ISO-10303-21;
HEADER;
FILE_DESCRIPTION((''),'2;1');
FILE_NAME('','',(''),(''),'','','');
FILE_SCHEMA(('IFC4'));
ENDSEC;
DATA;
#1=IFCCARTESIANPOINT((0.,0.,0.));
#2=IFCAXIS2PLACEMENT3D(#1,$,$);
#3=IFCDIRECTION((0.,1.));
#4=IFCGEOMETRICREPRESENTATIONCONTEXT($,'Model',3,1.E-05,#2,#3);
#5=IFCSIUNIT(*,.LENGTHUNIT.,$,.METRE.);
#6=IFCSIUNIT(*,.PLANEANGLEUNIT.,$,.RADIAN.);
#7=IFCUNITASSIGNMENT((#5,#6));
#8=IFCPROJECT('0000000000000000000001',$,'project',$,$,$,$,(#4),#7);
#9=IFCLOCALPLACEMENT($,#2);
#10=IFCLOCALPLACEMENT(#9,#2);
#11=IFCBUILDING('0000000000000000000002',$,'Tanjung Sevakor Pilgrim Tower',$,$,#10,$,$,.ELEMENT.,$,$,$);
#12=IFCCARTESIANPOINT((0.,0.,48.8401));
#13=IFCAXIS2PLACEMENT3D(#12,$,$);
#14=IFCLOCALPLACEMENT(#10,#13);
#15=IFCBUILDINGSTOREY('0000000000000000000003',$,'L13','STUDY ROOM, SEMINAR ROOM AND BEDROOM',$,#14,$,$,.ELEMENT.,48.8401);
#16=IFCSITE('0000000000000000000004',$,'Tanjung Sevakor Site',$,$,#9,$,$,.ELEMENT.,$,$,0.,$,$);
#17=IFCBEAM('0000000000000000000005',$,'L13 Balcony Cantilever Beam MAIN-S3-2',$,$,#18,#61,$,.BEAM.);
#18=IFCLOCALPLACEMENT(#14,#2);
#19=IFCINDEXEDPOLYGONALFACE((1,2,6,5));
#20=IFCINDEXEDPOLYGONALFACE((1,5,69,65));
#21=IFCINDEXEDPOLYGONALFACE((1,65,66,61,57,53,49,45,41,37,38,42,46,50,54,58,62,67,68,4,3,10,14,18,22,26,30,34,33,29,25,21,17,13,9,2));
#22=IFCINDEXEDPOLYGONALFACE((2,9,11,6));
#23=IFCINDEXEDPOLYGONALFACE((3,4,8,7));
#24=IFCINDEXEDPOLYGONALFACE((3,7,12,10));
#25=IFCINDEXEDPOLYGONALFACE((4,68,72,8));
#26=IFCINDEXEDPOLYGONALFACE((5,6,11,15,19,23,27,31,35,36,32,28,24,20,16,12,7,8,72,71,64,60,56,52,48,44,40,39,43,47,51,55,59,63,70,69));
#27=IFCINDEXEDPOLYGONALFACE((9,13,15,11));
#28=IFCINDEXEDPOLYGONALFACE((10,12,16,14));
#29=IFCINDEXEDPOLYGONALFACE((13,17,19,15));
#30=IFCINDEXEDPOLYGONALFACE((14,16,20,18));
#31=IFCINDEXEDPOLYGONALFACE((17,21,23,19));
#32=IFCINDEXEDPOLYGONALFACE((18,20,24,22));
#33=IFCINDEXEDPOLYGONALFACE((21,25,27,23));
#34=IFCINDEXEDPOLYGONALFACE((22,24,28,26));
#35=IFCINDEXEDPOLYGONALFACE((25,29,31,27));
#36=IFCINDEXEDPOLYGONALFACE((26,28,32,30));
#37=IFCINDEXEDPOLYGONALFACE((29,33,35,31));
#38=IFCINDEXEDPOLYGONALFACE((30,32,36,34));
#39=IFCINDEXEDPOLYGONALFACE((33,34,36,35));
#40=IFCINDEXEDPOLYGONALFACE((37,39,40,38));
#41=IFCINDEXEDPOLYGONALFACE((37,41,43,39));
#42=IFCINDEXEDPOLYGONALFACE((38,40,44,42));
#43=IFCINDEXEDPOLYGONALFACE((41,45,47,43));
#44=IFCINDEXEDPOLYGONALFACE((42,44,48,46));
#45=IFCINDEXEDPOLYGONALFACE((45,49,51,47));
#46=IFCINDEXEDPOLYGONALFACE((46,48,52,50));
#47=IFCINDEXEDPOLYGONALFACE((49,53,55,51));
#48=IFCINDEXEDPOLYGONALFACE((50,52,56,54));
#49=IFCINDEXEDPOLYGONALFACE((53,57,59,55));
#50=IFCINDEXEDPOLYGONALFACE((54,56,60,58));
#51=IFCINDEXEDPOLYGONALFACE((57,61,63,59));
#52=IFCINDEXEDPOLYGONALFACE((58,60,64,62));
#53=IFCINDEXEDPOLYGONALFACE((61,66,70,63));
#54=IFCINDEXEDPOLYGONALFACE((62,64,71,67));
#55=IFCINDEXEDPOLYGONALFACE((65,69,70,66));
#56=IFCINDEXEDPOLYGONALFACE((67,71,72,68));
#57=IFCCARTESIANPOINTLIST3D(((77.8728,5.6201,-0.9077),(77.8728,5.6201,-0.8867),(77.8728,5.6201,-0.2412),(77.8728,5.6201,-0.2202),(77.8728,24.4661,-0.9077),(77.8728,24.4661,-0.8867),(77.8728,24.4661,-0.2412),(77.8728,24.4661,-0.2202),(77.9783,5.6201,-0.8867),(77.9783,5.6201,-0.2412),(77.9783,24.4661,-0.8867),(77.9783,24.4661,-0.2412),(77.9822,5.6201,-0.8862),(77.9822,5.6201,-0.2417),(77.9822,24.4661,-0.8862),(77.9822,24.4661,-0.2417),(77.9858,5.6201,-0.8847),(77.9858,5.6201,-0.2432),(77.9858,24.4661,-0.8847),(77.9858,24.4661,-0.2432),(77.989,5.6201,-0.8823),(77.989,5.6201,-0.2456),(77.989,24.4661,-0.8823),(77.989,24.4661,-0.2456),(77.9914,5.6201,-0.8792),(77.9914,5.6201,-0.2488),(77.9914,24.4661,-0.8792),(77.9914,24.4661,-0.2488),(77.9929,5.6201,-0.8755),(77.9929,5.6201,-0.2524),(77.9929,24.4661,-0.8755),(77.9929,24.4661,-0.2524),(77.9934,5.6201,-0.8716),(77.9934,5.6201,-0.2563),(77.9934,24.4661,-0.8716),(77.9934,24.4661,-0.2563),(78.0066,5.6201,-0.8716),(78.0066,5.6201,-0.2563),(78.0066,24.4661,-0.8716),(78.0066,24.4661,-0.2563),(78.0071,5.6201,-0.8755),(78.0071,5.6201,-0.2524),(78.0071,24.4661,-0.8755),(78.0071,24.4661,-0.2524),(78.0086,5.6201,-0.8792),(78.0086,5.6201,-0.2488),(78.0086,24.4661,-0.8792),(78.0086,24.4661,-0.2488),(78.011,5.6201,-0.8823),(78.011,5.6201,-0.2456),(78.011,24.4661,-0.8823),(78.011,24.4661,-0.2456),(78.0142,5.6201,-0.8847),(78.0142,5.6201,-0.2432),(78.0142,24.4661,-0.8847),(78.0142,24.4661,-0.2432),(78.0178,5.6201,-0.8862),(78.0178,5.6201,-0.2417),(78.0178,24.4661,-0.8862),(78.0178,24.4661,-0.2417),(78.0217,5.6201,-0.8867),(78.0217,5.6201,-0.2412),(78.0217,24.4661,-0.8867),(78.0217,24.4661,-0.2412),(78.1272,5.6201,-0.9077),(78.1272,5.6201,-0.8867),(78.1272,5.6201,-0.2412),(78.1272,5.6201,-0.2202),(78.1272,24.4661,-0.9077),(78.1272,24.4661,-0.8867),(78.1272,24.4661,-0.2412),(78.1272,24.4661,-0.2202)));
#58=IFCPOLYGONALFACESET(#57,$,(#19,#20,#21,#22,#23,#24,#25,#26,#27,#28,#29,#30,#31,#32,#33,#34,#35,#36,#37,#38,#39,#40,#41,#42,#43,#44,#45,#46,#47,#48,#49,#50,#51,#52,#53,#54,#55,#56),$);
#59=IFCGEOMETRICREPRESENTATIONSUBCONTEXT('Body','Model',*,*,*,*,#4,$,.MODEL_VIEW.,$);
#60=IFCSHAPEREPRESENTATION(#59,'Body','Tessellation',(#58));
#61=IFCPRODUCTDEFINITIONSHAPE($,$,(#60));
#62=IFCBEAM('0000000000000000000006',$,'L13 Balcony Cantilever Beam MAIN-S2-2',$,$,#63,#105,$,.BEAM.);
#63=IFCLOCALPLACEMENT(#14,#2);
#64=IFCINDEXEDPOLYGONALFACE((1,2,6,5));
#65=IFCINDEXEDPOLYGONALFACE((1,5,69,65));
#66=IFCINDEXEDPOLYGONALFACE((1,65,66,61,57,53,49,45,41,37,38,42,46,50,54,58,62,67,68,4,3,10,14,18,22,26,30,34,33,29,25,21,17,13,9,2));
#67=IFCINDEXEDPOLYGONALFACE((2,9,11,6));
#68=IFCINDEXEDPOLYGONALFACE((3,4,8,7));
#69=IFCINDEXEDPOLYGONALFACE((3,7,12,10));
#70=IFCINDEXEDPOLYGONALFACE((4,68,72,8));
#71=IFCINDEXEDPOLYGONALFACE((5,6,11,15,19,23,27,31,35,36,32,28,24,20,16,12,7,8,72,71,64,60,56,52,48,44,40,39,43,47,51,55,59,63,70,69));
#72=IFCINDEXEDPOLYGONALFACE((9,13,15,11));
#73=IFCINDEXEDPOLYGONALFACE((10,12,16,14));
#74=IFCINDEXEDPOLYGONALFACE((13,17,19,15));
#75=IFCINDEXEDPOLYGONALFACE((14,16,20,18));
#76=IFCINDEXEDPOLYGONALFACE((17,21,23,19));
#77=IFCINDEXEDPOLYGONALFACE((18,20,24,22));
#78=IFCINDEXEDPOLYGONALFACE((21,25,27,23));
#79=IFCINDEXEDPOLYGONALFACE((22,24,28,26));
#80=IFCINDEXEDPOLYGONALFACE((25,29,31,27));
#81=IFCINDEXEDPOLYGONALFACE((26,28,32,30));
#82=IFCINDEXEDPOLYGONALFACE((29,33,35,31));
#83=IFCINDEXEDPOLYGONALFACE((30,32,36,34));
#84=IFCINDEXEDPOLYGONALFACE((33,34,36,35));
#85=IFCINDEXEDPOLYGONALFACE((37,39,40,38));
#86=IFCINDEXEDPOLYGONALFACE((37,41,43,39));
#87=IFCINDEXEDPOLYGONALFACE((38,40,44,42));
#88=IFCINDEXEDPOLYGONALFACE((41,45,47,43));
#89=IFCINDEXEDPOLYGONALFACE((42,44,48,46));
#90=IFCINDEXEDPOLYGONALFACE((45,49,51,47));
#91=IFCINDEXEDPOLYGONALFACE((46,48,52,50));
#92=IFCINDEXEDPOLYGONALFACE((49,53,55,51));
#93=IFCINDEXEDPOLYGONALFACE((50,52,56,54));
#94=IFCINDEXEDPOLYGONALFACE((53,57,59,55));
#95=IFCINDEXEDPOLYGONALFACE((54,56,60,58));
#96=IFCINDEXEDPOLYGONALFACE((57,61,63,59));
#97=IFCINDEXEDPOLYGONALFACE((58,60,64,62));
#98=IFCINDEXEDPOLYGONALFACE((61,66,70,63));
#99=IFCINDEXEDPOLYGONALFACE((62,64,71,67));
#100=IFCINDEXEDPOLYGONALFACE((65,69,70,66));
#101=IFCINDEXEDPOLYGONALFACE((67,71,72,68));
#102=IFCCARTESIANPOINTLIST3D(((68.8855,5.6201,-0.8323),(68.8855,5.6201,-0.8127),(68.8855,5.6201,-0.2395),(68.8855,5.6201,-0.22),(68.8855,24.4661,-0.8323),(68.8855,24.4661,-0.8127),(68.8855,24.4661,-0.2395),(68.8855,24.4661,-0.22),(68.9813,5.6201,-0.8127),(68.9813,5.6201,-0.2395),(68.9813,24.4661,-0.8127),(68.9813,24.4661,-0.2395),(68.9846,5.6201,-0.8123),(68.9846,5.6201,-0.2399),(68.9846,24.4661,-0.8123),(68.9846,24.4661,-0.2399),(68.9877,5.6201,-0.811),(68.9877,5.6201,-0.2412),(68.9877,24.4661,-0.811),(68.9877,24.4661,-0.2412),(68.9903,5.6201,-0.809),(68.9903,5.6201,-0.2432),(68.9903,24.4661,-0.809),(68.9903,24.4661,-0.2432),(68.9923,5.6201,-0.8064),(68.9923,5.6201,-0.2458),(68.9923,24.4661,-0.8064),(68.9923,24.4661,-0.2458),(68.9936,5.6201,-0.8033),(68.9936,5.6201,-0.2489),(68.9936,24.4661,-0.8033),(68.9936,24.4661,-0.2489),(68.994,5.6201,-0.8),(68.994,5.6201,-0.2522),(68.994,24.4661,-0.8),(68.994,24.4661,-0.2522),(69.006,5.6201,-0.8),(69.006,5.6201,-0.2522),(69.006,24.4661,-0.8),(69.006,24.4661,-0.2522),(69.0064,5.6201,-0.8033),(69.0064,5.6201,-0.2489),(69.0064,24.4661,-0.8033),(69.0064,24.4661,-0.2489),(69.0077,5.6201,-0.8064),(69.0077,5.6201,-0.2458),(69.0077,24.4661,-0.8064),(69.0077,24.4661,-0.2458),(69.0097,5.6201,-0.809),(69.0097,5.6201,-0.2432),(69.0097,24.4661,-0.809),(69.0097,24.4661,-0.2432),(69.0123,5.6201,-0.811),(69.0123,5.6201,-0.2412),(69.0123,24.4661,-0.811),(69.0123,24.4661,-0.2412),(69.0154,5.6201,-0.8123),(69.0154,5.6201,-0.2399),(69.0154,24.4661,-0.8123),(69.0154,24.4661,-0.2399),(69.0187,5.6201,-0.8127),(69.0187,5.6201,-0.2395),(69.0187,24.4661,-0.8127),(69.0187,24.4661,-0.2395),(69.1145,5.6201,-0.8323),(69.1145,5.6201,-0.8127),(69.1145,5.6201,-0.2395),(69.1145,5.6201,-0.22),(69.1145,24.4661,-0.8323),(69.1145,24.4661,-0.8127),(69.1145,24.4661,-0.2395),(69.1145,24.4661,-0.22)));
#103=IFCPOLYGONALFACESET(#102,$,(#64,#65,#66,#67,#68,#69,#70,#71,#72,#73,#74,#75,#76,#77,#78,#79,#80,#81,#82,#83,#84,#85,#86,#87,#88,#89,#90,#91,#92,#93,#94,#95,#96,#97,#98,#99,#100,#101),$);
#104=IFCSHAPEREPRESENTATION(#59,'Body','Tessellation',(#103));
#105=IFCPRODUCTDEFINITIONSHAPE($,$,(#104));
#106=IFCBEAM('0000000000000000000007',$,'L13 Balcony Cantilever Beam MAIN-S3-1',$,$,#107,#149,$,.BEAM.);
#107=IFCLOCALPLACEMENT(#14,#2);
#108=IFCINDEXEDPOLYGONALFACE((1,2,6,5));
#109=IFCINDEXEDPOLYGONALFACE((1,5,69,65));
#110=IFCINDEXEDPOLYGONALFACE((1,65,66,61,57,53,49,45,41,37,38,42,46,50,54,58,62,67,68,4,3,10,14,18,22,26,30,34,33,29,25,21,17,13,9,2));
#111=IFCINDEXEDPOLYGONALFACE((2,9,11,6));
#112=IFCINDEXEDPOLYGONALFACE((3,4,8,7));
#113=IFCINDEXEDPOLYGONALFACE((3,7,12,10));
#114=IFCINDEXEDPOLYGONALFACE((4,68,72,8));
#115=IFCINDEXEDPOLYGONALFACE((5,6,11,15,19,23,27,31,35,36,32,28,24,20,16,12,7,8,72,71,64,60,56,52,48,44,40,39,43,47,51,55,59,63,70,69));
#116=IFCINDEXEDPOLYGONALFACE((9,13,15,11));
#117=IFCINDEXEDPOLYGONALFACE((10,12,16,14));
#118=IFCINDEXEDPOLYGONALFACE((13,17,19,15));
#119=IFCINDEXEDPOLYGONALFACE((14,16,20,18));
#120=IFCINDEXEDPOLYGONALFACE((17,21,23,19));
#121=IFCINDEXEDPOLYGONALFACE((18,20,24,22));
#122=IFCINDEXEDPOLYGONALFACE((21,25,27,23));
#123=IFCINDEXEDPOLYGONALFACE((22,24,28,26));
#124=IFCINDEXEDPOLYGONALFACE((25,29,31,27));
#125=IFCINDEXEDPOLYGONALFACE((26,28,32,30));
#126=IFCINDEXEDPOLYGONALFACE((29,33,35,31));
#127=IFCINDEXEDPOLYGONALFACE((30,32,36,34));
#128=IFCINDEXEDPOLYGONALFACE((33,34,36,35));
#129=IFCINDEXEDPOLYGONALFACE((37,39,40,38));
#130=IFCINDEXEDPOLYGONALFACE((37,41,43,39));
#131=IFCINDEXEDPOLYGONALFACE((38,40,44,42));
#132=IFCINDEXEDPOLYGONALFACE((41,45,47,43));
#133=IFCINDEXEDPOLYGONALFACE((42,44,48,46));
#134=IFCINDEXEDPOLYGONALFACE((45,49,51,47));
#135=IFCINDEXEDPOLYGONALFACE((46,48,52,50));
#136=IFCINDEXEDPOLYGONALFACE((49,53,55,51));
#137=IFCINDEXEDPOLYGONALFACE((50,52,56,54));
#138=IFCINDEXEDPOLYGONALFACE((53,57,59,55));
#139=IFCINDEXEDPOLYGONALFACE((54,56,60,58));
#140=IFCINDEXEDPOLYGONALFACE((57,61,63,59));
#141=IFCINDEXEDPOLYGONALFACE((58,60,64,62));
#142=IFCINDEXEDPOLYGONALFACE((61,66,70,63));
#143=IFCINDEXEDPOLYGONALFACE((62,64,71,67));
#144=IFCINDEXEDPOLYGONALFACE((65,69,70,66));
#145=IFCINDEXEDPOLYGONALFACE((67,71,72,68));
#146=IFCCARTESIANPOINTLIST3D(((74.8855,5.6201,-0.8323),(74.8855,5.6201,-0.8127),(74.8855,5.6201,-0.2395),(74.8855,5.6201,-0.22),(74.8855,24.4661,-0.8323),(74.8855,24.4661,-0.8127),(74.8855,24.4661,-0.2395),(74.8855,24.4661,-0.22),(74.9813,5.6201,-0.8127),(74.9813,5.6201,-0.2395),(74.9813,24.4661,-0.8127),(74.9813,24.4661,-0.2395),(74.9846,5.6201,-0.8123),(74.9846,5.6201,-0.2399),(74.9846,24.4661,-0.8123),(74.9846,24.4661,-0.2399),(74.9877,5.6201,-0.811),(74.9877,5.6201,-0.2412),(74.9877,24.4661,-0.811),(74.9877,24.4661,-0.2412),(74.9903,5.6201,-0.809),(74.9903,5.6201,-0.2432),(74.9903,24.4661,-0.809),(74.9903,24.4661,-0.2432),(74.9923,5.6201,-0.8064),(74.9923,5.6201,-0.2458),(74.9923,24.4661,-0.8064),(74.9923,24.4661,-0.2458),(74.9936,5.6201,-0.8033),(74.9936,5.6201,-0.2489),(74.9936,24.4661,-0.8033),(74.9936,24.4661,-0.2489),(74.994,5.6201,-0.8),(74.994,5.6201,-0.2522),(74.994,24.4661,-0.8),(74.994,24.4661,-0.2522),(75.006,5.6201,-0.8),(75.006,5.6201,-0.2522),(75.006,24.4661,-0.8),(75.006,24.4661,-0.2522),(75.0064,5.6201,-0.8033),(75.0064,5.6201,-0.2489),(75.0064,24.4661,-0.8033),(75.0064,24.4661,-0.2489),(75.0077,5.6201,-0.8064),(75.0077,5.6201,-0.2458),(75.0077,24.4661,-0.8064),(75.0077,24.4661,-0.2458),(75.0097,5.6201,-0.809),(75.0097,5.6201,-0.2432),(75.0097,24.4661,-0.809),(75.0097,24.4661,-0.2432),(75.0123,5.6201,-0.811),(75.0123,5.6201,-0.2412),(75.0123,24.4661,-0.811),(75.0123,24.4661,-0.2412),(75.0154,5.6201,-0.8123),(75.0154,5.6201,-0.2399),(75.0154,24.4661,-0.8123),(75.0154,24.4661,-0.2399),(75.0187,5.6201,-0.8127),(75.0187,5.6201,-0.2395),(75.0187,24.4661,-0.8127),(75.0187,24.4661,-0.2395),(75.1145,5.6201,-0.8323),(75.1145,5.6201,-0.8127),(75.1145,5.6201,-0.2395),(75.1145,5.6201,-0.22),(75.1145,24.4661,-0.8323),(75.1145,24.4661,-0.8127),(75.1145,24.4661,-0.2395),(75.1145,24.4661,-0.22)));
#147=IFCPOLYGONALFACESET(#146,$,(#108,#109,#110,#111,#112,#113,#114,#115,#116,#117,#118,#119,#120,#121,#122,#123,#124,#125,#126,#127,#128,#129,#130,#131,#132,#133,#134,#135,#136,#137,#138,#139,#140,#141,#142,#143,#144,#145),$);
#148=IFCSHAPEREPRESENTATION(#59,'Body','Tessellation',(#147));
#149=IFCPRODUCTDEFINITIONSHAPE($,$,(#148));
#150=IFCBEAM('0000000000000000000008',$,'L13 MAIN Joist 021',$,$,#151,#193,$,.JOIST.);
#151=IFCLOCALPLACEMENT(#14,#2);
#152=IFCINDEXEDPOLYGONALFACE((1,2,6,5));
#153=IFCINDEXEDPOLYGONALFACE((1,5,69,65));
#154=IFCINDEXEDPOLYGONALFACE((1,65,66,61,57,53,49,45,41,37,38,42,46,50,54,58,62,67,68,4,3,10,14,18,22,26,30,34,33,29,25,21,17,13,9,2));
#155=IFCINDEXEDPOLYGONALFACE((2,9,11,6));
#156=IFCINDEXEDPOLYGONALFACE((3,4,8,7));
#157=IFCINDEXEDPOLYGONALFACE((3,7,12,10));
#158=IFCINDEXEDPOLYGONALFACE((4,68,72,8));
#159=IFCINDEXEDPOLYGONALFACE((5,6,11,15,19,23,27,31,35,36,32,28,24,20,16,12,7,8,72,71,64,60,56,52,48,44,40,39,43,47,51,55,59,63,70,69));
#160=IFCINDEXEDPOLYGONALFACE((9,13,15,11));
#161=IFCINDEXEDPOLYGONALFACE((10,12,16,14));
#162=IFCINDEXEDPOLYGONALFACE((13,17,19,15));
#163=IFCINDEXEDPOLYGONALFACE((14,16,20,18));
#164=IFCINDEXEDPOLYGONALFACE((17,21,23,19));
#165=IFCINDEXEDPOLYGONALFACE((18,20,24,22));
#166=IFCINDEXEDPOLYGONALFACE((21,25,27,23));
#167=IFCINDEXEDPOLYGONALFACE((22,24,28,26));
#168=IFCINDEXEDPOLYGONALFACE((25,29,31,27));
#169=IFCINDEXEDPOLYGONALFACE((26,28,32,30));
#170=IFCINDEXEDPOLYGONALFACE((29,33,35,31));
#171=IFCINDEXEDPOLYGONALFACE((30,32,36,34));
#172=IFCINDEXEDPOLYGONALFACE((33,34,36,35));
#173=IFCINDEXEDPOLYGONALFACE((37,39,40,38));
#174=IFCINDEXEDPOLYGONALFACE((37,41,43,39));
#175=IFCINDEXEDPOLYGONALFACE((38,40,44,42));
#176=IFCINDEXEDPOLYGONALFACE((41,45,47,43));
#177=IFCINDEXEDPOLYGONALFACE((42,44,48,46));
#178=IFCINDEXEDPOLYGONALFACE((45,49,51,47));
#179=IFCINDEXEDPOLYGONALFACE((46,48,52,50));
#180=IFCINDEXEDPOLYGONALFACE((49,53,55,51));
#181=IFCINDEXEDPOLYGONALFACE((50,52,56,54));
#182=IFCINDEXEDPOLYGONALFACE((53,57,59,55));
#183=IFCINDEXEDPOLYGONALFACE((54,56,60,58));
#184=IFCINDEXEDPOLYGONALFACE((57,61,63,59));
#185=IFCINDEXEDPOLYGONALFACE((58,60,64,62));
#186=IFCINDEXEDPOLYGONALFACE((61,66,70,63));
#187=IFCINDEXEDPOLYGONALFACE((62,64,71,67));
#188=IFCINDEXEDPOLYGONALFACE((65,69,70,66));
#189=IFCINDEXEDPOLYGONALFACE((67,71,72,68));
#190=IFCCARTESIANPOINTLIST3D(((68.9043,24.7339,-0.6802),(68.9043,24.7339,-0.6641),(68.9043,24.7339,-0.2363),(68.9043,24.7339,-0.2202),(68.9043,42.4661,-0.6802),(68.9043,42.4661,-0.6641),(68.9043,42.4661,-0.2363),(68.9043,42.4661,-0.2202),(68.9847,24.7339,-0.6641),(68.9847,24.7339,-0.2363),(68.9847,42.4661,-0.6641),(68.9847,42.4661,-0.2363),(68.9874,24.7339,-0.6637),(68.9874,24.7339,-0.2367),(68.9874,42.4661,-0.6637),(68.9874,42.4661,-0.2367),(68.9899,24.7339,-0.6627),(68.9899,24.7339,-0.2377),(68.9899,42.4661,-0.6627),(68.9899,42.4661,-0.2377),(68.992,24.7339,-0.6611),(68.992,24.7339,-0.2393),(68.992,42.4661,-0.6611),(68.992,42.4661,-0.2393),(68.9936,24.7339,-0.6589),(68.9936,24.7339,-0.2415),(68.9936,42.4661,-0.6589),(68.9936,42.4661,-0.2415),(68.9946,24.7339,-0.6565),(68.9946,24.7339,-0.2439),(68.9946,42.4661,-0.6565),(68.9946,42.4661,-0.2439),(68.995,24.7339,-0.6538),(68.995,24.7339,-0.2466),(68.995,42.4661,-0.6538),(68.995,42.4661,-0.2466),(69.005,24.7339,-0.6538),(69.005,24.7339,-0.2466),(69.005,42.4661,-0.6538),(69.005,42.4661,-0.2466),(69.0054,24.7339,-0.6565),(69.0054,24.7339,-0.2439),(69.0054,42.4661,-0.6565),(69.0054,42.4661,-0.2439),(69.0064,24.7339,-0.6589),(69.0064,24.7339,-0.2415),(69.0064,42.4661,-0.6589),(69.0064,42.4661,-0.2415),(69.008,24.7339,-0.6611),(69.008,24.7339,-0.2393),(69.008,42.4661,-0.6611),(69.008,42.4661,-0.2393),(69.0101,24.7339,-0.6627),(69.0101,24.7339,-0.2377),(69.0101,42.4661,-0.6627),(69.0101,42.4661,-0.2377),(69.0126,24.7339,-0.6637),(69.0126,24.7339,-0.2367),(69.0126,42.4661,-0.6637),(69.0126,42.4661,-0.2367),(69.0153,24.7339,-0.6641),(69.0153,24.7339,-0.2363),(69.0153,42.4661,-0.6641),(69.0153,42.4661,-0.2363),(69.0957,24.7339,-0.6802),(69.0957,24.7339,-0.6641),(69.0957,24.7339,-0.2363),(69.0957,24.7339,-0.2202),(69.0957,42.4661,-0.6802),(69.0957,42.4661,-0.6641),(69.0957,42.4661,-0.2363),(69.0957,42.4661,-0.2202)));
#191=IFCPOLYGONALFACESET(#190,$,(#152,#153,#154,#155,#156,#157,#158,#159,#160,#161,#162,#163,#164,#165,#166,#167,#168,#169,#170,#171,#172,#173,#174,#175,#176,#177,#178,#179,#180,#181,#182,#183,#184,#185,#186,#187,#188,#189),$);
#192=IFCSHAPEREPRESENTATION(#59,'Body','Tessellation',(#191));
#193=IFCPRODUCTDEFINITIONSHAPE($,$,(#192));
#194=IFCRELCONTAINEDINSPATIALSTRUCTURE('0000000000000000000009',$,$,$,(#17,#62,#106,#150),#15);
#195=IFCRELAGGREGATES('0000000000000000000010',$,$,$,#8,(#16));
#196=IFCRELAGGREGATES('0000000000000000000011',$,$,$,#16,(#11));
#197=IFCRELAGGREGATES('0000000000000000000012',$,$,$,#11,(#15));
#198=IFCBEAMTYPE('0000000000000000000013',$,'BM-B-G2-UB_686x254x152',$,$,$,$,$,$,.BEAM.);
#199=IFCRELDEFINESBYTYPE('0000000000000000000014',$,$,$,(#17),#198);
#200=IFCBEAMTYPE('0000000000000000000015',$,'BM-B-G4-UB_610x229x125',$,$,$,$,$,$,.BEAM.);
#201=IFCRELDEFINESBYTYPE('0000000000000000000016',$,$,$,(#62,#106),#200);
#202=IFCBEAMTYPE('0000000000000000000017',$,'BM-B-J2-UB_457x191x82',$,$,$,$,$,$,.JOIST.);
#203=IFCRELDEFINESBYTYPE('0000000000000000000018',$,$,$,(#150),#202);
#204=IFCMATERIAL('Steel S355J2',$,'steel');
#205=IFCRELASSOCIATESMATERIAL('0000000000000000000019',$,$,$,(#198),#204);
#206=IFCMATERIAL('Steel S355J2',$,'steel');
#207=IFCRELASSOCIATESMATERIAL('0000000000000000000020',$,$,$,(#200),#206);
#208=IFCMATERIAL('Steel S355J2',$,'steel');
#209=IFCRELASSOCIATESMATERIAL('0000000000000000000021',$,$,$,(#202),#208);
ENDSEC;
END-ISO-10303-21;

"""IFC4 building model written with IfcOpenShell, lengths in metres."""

from ifc_helpers import new_model, si_unit, direction, frame, origin, origin_2d, place, context, subcontext, project, spatial, i_section, extrude, material, material_profile, profile_set, type_object, element, save


model = new_model("IFC4")

# Units and contexts
model_context = context("Model", 3, precision=1e-05, world=origin(), true_north=direction((0.0, 1.0)))
body_context = subcontext(model_context, "Body", "Model", "MODEL_VIEW")
ifc_project = project(units=[si_unit("LENGTHUNIT", "METRE"), si_unit("PLANEANGLEUNIT", "RADIAN")], contexts=[model_context])

# Site, building, storey
site_placement = place(None, origin())
site = spatial("IfcSite", under=ifc_project, at=site_placement, Name="Tanjung Sevakor Site", CompositionType="ELEMENT", RefElevation=0.0)
building_placement = place(site_placement, origin())
building = spatial("IfcBuilding", under=site, at=building_placement, Name="Tanjung Sevakor Pilgrim Tower", CompositionType="ELEMENT")
storey_placement = place(building_placement, frame((0.0, 0.0, 48.8401)))
storey = spatial("IfcBuildingStorey", under=building, at=storey_placement, Name="L13", Description="STUDY ROOM, SEMINAR ROOM AND BEDROOM", CompositionType="ELEMENT", Elevation=48.8401)

# Beams
ifc_material_1 = material(Name="Steel S355J2", Category="steel")
ifc_material_profile_1 = material_profile(ifc_material_1, i_section(OverallWidth=0.2544, OverallDepth=0.6875, WebThickness=0.0132, FlangeThickness=0.021, FilletRadius=0.0151, at=origin_2d()))
ifc_profile_set_1 = profile_set([ifc_material_profile_1], Name="Steel S355J2")
beam_type_1 = type_object("IfcBeamType", Name="BM-B-G2-UB_686x254x152", PredefinedType="BEAM", material=ifc_profile_set_1)
beam_1_placement = place(storey_placement, frame((78.0, 24.4661, -0.564), z_axis=(0.0, -1.0, 0.0), x_axis=(1.0, 0.0, 0.0)))
element("IfcBeam", 1, at=beam_1_placement, inside=storey, type_object=beam_type_1, Name="L13 Balcony Cantilever Beam MAIN-S3-2", PredefinedType="BEAM", context=body_context, shape_type="SweptSolid", body=[
    extrude(i_section(OverallWidth=0.2544, OverallDepth=0.6875, WebThickness=0.0132, FlangeThickness=0.021, FilletRadius=0.0151, at=origin_2d()), origin(), (0.0, 0.0, 1.0), 18.8459),
])
ifc_material_2 = material(Name="Steel S355J2", Category="steel")
ifc_material_profile_2 = material_profile(ifc_material_2, i_section(OverallWidth=0.229, OverallDepth=0.6123, WebThickness=0.012, FlangeThickness=0.0195, FilletRadius=0.0127, at=origin_2d()))
ifc_profile_set_2 = profile_set([ifc_material_profile_2], Name="Steel S355J2")
beam_type_2 = type_object("IfcBeamType", Name="BM-B-G4-UB_610x229x125", PredefinedType="BEAM", material=ifc_profile_set_2)
for number, where, z_axis, x_axis, name in (
    (2, (69.0, 24.4661, -0.5261), (0.0, -1.0, 0.0), (1.0, 0.0, 0.0), "L13 Balcony Cantilever Beam MAIN-S2-2"),
    (3, (75.0, 24.4661, -0.5261), (0.0, -1.0, 0.0), (1.0, 0.0, 0.0), "L13 Balcony Cantilever Beam MAIN-S3-1"),
):
    element("IfcBeam", number, at=place(storey_placement, frame(where, z_axis=z_axis, x_axis=x_axis)), inside=storey, type_object=beam_type_2, Name=name, PredefinedType="BEAM", context=body_context, shape_type="SweptSolid", body=[
        extrude(i_section(OverallWidth=0.229, OverallDepth=0.6123, WebThickness=0.012, FlangeThickness=0.0195, FilletRadius=0.0127, at=origin_2d()), origin(), (0.0, 0.0, 1.0), 18.8459),
    ])
ifc_material_3 = material(Name="Steel S355J2", Category="steel")
ifc_material_profile_3 = material_profile(ifc_material_3, i_section(OverallWidth=0.1914, OverallDepth=0.46, WebThickness=0.01, FlangeThickness=0.0161, FilletRadius=0.0103, at=origin_2d()))
ifc_profile_set_3 = profile_set([ifc_material_profile_3], Name="Steel S355J2")
beam_type_3 = type_object("IfcBeamType", Name="BM-B-J2-UB_457x191x82", PredefinedType="JOIST", material=ifc_profile_set_3)
for number, where, z_axis, x_axis, name in (
    (4, (69.0, 24.7339, -0.4502), (0.0, 1.0, 0.0), (-1.0, 0.0, 0.0), "L13 MAIN Joist 021"),
):
    element("IfcBeam", number, at=place(storey_placement, frame(where, z_axis=z_axis, x_axis=x_axis)), inside=storey, type_object=beam_type_3, Name=name, PredefinedType="JOIST", context=body_context, shape_type="SweptSolid", body=[
        extrude(i_section(OverallWidth=0.1914, OverallDepth=0.46, WebThickness=0.01, FlangeThickness=0.0161, FilletRadius=0.0103, at=origin_2d()), origin(), (0.0, 0.0, 1.0), 17.7322),
    ])

save(model, "model.ifc")
